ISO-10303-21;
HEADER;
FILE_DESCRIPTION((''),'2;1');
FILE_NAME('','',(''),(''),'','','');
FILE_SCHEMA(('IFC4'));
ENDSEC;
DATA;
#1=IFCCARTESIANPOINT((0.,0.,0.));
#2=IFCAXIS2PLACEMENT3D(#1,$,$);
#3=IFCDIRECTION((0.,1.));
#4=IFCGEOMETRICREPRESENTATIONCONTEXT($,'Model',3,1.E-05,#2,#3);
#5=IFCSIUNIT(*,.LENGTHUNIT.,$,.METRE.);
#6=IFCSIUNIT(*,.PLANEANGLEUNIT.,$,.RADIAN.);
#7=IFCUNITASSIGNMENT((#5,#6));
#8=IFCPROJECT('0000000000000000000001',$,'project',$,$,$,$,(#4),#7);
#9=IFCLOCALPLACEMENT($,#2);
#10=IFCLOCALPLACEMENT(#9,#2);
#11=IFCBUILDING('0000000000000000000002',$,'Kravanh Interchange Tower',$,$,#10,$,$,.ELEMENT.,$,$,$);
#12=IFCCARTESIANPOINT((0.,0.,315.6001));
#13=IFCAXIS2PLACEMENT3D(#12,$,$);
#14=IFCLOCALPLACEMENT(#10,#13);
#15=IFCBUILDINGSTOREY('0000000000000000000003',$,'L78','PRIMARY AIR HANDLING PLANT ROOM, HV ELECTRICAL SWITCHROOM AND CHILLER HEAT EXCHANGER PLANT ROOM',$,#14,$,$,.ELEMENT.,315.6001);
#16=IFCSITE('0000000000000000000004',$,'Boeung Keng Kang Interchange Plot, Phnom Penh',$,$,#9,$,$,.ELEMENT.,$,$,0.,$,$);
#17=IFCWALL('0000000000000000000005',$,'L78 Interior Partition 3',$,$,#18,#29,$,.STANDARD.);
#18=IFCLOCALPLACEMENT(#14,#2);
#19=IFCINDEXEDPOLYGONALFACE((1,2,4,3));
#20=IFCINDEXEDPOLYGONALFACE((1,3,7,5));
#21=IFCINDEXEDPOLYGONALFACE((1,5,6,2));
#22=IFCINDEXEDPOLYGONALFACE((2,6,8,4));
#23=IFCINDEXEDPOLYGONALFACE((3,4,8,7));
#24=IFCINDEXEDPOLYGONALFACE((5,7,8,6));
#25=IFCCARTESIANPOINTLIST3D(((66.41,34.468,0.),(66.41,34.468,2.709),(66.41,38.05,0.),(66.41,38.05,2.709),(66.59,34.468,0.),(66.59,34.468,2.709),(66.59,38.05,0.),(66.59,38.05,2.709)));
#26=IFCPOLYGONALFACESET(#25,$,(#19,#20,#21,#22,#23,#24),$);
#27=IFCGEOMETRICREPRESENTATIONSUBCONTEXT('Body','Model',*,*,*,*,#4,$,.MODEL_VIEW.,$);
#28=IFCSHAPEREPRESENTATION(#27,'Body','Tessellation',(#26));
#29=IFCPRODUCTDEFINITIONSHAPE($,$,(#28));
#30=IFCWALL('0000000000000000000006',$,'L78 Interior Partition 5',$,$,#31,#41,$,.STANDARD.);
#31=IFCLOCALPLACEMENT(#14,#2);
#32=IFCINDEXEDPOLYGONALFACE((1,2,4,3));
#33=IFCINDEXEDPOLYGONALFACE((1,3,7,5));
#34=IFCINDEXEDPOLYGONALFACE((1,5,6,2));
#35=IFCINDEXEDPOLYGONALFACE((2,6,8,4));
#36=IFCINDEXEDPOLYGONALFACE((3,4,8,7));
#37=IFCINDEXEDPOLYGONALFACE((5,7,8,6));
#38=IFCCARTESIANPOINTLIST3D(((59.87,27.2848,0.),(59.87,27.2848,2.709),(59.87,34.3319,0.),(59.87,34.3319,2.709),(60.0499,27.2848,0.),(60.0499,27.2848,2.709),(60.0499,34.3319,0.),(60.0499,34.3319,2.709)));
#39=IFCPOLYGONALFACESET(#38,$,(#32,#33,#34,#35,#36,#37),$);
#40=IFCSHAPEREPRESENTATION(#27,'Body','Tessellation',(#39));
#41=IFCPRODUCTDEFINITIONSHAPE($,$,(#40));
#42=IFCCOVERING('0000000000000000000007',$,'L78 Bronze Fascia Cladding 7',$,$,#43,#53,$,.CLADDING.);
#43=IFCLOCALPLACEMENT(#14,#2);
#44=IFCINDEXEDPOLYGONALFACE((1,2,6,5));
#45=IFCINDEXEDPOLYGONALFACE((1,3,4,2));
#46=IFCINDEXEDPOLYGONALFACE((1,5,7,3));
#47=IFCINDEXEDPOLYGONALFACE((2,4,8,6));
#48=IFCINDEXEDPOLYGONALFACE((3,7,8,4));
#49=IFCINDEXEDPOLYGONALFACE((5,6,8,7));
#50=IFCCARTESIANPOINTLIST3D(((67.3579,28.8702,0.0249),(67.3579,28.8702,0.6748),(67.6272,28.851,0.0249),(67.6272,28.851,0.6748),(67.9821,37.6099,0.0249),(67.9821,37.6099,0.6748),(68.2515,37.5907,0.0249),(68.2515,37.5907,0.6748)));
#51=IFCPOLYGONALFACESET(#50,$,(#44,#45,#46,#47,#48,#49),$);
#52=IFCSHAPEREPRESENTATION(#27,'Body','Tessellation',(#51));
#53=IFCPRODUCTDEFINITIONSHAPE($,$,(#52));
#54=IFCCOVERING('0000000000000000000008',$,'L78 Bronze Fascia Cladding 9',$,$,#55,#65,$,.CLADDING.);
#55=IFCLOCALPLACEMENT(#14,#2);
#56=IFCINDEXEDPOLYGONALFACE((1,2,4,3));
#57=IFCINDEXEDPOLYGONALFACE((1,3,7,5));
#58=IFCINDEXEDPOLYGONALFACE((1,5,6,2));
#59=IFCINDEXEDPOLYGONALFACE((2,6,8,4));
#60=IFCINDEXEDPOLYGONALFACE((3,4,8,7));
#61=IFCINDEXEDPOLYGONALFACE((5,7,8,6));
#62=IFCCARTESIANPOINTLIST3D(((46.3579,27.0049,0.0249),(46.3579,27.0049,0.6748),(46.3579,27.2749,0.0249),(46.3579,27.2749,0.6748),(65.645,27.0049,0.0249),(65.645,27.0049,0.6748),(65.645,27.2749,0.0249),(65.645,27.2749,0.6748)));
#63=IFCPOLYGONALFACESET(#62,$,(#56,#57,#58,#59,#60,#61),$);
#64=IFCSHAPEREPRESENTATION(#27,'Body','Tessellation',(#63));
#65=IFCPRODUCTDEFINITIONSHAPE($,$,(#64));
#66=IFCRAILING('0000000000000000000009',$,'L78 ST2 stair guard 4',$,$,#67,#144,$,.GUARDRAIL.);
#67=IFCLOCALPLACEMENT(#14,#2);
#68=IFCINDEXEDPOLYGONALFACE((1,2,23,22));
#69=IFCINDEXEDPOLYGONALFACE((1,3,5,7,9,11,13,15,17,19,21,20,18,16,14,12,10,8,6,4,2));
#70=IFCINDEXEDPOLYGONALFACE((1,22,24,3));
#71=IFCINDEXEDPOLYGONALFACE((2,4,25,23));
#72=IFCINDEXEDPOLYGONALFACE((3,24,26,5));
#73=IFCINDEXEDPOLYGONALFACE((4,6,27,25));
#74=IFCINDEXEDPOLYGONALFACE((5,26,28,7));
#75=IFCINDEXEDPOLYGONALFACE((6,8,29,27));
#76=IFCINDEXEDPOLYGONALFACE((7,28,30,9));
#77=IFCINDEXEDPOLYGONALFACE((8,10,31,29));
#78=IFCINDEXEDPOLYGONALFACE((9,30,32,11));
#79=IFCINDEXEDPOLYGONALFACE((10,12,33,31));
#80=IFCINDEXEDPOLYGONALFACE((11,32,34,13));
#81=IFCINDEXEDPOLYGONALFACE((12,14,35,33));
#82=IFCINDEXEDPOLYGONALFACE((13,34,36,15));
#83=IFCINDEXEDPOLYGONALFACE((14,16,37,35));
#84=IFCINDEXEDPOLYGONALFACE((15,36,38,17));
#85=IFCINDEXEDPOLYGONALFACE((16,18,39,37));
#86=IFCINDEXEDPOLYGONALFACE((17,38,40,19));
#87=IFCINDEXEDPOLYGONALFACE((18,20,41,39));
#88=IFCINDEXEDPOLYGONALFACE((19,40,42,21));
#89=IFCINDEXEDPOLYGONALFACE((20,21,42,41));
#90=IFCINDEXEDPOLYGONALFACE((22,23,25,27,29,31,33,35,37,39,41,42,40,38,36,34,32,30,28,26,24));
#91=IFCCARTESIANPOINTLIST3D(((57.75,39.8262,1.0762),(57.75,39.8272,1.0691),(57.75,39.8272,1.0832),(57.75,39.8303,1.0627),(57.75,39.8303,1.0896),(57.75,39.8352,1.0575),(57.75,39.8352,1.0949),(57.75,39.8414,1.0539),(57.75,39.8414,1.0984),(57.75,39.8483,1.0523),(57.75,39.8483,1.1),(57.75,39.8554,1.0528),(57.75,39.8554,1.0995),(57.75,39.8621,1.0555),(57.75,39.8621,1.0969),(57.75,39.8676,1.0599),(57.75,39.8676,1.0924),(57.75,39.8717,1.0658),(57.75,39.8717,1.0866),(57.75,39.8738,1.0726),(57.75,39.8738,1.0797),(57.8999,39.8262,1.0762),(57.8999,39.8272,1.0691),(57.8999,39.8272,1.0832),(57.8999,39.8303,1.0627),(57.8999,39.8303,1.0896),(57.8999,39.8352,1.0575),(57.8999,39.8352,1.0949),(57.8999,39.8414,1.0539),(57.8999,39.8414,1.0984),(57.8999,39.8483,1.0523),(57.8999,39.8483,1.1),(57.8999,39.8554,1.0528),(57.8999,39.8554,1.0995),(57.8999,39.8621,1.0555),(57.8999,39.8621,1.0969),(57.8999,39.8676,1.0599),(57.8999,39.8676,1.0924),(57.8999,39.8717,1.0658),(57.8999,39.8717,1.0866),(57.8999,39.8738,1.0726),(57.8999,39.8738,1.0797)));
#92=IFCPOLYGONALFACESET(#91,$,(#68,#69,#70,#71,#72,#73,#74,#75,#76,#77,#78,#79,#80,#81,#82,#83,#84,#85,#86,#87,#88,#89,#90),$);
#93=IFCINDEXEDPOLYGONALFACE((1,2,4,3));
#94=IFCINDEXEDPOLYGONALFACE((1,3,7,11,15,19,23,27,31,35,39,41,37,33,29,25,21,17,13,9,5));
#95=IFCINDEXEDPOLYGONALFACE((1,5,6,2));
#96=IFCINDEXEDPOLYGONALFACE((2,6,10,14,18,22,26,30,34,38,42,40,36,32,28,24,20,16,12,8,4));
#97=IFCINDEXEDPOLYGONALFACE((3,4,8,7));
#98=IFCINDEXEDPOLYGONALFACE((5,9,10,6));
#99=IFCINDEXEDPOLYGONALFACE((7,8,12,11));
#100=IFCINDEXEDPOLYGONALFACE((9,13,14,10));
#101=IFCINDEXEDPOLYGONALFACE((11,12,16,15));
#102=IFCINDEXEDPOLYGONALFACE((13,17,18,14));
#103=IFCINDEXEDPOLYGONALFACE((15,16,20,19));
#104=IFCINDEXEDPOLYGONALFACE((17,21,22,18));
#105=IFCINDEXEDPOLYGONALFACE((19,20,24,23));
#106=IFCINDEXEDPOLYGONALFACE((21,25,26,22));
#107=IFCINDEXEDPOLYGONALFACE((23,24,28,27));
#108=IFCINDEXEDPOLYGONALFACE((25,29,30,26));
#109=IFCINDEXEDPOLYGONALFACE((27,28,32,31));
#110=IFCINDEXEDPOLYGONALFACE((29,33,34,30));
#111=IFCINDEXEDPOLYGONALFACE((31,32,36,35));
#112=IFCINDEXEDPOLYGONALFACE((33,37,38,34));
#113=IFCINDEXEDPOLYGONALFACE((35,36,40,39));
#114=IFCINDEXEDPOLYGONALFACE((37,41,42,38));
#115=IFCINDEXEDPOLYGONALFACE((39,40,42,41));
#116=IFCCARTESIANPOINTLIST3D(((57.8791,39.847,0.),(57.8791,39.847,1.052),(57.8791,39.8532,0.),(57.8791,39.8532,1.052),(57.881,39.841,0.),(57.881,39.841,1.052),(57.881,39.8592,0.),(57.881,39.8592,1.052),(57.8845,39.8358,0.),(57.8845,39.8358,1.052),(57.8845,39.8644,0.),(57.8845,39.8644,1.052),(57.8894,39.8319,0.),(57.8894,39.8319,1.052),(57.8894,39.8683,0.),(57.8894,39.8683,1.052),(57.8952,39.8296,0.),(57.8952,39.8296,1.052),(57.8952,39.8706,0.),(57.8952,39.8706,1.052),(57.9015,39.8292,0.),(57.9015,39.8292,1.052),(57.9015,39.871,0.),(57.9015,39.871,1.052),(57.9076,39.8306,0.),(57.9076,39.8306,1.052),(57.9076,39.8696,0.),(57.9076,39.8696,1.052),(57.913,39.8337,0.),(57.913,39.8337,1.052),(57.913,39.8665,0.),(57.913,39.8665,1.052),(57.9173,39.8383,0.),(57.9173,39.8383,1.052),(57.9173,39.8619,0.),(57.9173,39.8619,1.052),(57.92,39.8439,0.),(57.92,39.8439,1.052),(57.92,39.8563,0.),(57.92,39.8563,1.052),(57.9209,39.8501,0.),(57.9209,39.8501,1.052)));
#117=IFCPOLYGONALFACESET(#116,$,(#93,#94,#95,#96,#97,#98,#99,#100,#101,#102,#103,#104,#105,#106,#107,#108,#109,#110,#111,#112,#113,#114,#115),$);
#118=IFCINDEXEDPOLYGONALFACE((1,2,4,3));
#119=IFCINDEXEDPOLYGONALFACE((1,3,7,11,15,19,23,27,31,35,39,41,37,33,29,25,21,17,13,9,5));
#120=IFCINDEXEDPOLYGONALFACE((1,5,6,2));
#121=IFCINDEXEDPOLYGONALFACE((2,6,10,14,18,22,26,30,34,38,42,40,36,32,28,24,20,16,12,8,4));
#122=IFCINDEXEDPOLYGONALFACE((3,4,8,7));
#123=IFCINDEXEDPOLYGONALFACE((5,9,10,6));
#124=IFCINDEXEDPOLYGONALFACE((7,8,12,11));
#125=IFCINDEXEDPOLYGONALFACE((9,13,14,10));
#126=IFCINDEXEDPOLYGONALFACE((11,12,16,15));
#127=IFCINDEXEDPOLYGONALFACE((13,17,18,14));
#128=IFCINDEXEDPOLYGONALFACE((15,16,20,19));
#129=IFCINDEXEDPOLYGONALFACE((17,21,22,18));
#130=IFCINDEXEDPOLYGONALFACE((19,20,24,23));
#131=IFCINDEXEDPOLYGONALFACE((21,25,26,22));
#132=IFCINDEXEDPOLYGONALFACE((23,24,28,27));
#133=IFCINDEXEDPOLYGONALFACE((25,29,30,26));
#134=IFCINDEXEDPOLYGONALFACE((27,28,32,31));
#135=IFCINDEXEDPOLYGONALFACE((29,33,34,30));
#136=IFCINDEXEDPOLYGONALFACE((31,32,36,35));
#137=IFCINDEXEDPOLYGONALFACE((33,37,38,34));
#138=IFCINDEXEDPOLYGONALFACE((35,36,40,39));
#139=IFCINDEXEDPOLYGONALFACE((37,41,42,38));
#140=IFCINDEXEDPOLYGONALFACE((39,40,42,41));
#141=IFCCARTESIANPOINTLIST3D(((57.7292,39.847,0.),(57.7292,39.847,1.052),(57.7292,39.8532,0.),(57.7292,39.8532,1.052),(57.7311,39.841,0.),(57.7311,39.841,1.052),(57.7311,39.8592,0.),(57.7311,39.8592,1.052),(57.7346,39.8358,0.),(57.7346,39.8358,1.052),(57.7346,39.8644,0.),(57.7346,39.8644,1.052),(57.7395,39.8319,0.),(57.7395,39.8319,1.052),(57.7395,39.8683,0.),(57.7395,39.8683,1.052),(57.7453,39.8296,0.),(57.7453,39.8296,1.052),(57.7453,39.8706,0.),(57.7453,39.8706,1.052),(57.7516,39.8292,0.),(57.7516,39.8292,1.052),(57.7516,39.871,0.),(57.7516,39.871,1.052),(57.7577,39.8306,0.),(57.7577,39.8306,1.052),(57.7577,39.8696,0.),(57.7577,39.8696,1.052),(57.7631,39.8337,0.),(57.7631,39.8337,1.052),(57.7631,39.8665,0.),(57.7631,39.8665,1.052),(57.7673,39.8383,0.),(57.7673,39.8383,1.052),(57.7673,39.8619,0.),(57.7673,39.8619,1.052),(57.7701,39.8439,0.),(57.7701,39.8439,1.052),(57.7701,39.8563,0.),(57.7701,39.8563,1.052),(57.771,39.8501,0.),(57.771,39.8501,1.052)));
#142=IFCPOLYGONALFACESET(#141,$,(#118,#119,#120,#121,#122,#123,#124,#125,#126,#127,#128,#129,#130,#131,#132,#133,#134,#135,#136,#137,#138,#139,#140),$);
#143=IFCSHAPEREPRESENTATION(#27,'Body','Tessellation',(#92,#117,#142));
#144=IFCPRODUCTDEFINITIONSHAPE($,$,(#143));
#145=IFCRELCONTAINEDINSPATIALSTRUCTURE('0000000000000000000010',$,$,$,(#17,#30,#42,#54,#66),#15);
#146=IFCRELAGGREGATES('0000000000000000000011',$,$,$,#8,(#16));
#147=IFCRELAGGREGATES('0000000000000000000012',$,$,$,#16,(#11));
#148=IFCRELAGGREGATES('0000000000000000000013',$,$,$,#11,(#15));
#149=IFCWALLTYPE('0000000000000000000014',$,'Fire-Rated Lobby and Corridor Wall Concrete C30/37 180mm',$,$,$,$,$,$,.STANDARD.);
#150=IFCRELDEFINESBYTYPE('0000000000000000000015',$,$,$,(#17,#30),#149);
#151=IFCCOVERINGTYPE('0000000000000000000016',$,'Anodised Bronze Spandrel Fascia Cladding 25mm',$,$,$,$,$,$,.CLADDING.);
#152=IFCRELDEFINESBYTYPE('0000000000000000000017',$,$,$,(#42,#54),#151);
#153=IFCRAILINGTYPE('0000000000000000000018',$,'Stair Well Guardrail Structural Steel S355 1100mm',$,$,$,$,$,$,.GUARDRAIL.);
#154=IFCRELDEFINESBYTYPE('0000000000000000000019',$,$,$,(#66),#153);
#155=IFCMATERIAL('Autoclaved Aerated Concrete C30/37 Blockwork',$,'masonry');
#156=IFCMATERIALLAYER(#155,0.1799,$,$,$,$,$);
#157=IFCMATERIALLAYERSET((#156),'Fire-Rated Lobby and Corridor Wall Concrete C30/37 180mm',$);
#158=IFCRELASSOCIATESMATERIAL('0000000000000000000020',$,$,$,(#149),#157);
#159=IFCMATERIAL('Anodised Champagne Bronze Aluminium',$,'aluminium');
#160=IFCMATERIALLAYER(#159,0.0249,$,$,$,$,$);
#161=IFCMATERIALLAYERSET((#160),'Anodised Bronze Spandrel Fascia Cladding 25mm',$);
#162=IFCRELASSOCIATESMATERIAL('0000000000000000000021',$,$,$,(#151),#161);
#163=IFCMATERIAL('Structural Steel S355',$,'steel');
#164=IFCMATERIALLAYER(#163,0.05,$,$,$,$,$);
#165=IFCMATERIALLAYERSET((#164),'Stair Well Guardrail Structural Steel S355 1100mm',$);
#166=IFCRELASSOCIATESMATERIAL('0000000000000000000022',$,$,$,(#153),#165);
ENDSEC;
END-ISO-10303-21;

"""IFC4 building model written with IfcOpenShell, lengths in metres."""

from ifc_helpers import new_model, si_unit, direction, frame, frame_2d, origin, origin_2d, place, context, subcontext, project, spatial, rectangle, circle, extrude, material, layer, layer_set, type_object, element, save


model = new_model("IFC4")

# Units and contexts
model_context = context("Model", 3, precision=1e-05, world=origin(), true_north=direction((0.0, 1.0)))
body_context = subcontext(model_context, "Body", "Model", "MODEL_VIEW")
ifc_project = project(units=[si_unit("LENGTHUNIT", "METRE"), si_unit("PLANEANGLEUNIT", "RADIAN")], contexts=[model_context])

# Site, building, storey
site_placement = place(None, origin())
site = spatial("IfcSite", under=ifc_project, at=site_placement, Name="Boeung Keng Kang Interchange Plot, Phnom Penh", CompositionType="ELEMENT", RefElevation=0.0)
building_placement = place(site_placement, origin())
building = spatial("IfcBuilding", under=site, at=building_placement, Name="Kravanh Interchange Tower", CompositionType="ELEMENT")
storey_placement = place(building_placement, frame((0.0, 0.0, 315.6001)))
storey = spatial("IfcBuildingStorey", under=building, at=storey_placement, Name="L78", Description="PRIMARY AIR HANDLING PLANT ROOM, HV ELECTRICAL SWITCHROOM AND CHILLER HEAT EXCHANGER PLANT ROOM", CompositionType="ELEMENT", Elevation=315.6001)

# Walls
ifc_material_1 = material(Name="Autoclaved Aerated Concrete C30/37 Blockwork", Category="masonry")
ifc_layer_1 = layer(ifc_material_1, 0.1799)
ifc_layer_set_1 = layer_set([ifc_layer_1], Name="Fire-Rated Lobby and Corridor Wall Concrete C30/37 180mm")
wall_type_1 = type_object("IfcWallType", Name="Fire-Rated Lobby and Corridor Wall Concrete C30/37 180mm", PredefinedType="STANDARD", material=ifc_layer_set_1)
wall_1_placement = place(storey_placement, frame((66.5, 34.468, 0.0), z_axis=(0.0, 0.0, 1.0), x_axis=(0.0, 1.0, 0.0)))
element("IfcWall", 1, at=wall_1_placement, inside=storey, type_object=wall_type_1, Name="L78 Interior Partition 3", PredefinedType="STANDARD", context=body_context, shape_type="SweptSolid", body=[
    extrude(rectangle(XDim=3.582, YDim=0.1799, at=frame_2d((1.791, 0.0))), origin(), (0.0, 0.0, 1.0), 2.709),
])
wall_2_placement = place(storey_placement, frame((59.96, 27.2849, 0.0), z_axis=(0.0, 0.0, 1.0), x_axis=(0.0, 1.0, 0.0)))
element("IfcWall", 2, at=wall_2_placement, inside=storey, type_object=wall_type_1, Name="L78 Interior Partition 5", PredefinedType="STANDARD", context=body_context, shape_type="SweptSolid", body=[
    extrude(rectangle(XDim=7.0471, YDim=0.1799, at=frame_2d((3.5234, 0.0))), origin(), (0.0, 0.0, 1.0), 2.709),
])

# Coverings
ifc_material_2 = material(Name="Anodised Champagne Bronze Aluminium", Category="aluminium")
ifc_layer_2 = layer(ifc_material_2, 0.0249)
ifc_layer_set_2 = layer_set([ifc_layer_2], Name="Anodised Bronze Spandrel Fascia Cladding 25mm")
covering_type = type_object("IfcCoveringType", Name="Anodised Bronze Spandrel Fascia Cladding 25mm", PredefinedType="CLADDING", material=ifc_layer_set_2)
covering_1_placement = place(storey_placement, frame((67.8047, 33.2305, 0.0249), z_axis=(0.0, 0.0, 1.0), x_axis=(-0.071246, -0.997459, 0.0)))
element("IfcCovering", 3, at=covering_1_placement, inside=storey, type_object=covering_type, Name="L78 Bronze Fascia Cladding 7", PredefinedType="CLADDING", context=body_context, shape_type="SweptSolid", body=[
    extrude(rectangle(XDim=8.762, YDim=0.27, at=origin_2d()), origin(), (0.0, 0.0, 1.0), 0.6499),
])
covering_2_placement = place(storey_placement, frame((56.0015, 27.1399, 0.0249), z_axis=(0.0, 0.0, 1.0), x_axis=(-1.0, 0.0, 0.0)))
element("IfcCovering", 4, at=covering_2_placement, inside=storey, type_object=covering_type, Name="L78 Bronze Fascia Cladding 9", PredefinedType="CLADDING", context=body_context, shape_type="SweptSolid", body=[
    extrude(rectangle(XDim=19.2871, YDim=0.27, at=origin_2d()), origin(), (0.0, 0.0, 1.0), 0.6499),
])

# Railing
ifc_material_3 = material(Name="Structural Steel S355", Category="steel")
ifc_layer_3 = layer(ifc_material_3, 0.05)
ifc_layer_set_3 = layer_set([ifc_layer_3], Name="Stair Well Guardrail Structural Steel S355 1100mm")
railing_type = type_object("IfcRailingType", Name="Stair Well Guardrail Structural Steel S355 1100mm", PredefinedType="GUARDRAIL", material=ifc_layer_set_3)
railing_placement = place(storey_placement, frame((57.8999, 39.8501, 0.0)))
element("IfcRailing", 5, at=railing_placement, inside=storey, type_object=railing_type, Name="L78 ST2 stair guard 4", PredefinedType="GUARDRAIL", context=body_context, shape_type="SweptSolid", body=[
    extrude(circle(Radius=0.0239, at=origin_2d()), frame((0.0, 0.0, 1.0762), z_axis=(-1.0, 0.0, 0.0), x_axis=(0.0, -1.0, 0.0)), (0.0, 0.0, 1.0), 0.1499),
    extrude(circle(Radius=0.021, at=origin_2d()), origin(), (0.0, 0.0, 1.0), 1.052),
    extrude(circle(Radius=0.021, at=origin_2d()), frame((-0.1499, 0.0, 0.0)), (0.0, 0.0, 1.0), 1.052),
])

save(model, "model.ifc")
